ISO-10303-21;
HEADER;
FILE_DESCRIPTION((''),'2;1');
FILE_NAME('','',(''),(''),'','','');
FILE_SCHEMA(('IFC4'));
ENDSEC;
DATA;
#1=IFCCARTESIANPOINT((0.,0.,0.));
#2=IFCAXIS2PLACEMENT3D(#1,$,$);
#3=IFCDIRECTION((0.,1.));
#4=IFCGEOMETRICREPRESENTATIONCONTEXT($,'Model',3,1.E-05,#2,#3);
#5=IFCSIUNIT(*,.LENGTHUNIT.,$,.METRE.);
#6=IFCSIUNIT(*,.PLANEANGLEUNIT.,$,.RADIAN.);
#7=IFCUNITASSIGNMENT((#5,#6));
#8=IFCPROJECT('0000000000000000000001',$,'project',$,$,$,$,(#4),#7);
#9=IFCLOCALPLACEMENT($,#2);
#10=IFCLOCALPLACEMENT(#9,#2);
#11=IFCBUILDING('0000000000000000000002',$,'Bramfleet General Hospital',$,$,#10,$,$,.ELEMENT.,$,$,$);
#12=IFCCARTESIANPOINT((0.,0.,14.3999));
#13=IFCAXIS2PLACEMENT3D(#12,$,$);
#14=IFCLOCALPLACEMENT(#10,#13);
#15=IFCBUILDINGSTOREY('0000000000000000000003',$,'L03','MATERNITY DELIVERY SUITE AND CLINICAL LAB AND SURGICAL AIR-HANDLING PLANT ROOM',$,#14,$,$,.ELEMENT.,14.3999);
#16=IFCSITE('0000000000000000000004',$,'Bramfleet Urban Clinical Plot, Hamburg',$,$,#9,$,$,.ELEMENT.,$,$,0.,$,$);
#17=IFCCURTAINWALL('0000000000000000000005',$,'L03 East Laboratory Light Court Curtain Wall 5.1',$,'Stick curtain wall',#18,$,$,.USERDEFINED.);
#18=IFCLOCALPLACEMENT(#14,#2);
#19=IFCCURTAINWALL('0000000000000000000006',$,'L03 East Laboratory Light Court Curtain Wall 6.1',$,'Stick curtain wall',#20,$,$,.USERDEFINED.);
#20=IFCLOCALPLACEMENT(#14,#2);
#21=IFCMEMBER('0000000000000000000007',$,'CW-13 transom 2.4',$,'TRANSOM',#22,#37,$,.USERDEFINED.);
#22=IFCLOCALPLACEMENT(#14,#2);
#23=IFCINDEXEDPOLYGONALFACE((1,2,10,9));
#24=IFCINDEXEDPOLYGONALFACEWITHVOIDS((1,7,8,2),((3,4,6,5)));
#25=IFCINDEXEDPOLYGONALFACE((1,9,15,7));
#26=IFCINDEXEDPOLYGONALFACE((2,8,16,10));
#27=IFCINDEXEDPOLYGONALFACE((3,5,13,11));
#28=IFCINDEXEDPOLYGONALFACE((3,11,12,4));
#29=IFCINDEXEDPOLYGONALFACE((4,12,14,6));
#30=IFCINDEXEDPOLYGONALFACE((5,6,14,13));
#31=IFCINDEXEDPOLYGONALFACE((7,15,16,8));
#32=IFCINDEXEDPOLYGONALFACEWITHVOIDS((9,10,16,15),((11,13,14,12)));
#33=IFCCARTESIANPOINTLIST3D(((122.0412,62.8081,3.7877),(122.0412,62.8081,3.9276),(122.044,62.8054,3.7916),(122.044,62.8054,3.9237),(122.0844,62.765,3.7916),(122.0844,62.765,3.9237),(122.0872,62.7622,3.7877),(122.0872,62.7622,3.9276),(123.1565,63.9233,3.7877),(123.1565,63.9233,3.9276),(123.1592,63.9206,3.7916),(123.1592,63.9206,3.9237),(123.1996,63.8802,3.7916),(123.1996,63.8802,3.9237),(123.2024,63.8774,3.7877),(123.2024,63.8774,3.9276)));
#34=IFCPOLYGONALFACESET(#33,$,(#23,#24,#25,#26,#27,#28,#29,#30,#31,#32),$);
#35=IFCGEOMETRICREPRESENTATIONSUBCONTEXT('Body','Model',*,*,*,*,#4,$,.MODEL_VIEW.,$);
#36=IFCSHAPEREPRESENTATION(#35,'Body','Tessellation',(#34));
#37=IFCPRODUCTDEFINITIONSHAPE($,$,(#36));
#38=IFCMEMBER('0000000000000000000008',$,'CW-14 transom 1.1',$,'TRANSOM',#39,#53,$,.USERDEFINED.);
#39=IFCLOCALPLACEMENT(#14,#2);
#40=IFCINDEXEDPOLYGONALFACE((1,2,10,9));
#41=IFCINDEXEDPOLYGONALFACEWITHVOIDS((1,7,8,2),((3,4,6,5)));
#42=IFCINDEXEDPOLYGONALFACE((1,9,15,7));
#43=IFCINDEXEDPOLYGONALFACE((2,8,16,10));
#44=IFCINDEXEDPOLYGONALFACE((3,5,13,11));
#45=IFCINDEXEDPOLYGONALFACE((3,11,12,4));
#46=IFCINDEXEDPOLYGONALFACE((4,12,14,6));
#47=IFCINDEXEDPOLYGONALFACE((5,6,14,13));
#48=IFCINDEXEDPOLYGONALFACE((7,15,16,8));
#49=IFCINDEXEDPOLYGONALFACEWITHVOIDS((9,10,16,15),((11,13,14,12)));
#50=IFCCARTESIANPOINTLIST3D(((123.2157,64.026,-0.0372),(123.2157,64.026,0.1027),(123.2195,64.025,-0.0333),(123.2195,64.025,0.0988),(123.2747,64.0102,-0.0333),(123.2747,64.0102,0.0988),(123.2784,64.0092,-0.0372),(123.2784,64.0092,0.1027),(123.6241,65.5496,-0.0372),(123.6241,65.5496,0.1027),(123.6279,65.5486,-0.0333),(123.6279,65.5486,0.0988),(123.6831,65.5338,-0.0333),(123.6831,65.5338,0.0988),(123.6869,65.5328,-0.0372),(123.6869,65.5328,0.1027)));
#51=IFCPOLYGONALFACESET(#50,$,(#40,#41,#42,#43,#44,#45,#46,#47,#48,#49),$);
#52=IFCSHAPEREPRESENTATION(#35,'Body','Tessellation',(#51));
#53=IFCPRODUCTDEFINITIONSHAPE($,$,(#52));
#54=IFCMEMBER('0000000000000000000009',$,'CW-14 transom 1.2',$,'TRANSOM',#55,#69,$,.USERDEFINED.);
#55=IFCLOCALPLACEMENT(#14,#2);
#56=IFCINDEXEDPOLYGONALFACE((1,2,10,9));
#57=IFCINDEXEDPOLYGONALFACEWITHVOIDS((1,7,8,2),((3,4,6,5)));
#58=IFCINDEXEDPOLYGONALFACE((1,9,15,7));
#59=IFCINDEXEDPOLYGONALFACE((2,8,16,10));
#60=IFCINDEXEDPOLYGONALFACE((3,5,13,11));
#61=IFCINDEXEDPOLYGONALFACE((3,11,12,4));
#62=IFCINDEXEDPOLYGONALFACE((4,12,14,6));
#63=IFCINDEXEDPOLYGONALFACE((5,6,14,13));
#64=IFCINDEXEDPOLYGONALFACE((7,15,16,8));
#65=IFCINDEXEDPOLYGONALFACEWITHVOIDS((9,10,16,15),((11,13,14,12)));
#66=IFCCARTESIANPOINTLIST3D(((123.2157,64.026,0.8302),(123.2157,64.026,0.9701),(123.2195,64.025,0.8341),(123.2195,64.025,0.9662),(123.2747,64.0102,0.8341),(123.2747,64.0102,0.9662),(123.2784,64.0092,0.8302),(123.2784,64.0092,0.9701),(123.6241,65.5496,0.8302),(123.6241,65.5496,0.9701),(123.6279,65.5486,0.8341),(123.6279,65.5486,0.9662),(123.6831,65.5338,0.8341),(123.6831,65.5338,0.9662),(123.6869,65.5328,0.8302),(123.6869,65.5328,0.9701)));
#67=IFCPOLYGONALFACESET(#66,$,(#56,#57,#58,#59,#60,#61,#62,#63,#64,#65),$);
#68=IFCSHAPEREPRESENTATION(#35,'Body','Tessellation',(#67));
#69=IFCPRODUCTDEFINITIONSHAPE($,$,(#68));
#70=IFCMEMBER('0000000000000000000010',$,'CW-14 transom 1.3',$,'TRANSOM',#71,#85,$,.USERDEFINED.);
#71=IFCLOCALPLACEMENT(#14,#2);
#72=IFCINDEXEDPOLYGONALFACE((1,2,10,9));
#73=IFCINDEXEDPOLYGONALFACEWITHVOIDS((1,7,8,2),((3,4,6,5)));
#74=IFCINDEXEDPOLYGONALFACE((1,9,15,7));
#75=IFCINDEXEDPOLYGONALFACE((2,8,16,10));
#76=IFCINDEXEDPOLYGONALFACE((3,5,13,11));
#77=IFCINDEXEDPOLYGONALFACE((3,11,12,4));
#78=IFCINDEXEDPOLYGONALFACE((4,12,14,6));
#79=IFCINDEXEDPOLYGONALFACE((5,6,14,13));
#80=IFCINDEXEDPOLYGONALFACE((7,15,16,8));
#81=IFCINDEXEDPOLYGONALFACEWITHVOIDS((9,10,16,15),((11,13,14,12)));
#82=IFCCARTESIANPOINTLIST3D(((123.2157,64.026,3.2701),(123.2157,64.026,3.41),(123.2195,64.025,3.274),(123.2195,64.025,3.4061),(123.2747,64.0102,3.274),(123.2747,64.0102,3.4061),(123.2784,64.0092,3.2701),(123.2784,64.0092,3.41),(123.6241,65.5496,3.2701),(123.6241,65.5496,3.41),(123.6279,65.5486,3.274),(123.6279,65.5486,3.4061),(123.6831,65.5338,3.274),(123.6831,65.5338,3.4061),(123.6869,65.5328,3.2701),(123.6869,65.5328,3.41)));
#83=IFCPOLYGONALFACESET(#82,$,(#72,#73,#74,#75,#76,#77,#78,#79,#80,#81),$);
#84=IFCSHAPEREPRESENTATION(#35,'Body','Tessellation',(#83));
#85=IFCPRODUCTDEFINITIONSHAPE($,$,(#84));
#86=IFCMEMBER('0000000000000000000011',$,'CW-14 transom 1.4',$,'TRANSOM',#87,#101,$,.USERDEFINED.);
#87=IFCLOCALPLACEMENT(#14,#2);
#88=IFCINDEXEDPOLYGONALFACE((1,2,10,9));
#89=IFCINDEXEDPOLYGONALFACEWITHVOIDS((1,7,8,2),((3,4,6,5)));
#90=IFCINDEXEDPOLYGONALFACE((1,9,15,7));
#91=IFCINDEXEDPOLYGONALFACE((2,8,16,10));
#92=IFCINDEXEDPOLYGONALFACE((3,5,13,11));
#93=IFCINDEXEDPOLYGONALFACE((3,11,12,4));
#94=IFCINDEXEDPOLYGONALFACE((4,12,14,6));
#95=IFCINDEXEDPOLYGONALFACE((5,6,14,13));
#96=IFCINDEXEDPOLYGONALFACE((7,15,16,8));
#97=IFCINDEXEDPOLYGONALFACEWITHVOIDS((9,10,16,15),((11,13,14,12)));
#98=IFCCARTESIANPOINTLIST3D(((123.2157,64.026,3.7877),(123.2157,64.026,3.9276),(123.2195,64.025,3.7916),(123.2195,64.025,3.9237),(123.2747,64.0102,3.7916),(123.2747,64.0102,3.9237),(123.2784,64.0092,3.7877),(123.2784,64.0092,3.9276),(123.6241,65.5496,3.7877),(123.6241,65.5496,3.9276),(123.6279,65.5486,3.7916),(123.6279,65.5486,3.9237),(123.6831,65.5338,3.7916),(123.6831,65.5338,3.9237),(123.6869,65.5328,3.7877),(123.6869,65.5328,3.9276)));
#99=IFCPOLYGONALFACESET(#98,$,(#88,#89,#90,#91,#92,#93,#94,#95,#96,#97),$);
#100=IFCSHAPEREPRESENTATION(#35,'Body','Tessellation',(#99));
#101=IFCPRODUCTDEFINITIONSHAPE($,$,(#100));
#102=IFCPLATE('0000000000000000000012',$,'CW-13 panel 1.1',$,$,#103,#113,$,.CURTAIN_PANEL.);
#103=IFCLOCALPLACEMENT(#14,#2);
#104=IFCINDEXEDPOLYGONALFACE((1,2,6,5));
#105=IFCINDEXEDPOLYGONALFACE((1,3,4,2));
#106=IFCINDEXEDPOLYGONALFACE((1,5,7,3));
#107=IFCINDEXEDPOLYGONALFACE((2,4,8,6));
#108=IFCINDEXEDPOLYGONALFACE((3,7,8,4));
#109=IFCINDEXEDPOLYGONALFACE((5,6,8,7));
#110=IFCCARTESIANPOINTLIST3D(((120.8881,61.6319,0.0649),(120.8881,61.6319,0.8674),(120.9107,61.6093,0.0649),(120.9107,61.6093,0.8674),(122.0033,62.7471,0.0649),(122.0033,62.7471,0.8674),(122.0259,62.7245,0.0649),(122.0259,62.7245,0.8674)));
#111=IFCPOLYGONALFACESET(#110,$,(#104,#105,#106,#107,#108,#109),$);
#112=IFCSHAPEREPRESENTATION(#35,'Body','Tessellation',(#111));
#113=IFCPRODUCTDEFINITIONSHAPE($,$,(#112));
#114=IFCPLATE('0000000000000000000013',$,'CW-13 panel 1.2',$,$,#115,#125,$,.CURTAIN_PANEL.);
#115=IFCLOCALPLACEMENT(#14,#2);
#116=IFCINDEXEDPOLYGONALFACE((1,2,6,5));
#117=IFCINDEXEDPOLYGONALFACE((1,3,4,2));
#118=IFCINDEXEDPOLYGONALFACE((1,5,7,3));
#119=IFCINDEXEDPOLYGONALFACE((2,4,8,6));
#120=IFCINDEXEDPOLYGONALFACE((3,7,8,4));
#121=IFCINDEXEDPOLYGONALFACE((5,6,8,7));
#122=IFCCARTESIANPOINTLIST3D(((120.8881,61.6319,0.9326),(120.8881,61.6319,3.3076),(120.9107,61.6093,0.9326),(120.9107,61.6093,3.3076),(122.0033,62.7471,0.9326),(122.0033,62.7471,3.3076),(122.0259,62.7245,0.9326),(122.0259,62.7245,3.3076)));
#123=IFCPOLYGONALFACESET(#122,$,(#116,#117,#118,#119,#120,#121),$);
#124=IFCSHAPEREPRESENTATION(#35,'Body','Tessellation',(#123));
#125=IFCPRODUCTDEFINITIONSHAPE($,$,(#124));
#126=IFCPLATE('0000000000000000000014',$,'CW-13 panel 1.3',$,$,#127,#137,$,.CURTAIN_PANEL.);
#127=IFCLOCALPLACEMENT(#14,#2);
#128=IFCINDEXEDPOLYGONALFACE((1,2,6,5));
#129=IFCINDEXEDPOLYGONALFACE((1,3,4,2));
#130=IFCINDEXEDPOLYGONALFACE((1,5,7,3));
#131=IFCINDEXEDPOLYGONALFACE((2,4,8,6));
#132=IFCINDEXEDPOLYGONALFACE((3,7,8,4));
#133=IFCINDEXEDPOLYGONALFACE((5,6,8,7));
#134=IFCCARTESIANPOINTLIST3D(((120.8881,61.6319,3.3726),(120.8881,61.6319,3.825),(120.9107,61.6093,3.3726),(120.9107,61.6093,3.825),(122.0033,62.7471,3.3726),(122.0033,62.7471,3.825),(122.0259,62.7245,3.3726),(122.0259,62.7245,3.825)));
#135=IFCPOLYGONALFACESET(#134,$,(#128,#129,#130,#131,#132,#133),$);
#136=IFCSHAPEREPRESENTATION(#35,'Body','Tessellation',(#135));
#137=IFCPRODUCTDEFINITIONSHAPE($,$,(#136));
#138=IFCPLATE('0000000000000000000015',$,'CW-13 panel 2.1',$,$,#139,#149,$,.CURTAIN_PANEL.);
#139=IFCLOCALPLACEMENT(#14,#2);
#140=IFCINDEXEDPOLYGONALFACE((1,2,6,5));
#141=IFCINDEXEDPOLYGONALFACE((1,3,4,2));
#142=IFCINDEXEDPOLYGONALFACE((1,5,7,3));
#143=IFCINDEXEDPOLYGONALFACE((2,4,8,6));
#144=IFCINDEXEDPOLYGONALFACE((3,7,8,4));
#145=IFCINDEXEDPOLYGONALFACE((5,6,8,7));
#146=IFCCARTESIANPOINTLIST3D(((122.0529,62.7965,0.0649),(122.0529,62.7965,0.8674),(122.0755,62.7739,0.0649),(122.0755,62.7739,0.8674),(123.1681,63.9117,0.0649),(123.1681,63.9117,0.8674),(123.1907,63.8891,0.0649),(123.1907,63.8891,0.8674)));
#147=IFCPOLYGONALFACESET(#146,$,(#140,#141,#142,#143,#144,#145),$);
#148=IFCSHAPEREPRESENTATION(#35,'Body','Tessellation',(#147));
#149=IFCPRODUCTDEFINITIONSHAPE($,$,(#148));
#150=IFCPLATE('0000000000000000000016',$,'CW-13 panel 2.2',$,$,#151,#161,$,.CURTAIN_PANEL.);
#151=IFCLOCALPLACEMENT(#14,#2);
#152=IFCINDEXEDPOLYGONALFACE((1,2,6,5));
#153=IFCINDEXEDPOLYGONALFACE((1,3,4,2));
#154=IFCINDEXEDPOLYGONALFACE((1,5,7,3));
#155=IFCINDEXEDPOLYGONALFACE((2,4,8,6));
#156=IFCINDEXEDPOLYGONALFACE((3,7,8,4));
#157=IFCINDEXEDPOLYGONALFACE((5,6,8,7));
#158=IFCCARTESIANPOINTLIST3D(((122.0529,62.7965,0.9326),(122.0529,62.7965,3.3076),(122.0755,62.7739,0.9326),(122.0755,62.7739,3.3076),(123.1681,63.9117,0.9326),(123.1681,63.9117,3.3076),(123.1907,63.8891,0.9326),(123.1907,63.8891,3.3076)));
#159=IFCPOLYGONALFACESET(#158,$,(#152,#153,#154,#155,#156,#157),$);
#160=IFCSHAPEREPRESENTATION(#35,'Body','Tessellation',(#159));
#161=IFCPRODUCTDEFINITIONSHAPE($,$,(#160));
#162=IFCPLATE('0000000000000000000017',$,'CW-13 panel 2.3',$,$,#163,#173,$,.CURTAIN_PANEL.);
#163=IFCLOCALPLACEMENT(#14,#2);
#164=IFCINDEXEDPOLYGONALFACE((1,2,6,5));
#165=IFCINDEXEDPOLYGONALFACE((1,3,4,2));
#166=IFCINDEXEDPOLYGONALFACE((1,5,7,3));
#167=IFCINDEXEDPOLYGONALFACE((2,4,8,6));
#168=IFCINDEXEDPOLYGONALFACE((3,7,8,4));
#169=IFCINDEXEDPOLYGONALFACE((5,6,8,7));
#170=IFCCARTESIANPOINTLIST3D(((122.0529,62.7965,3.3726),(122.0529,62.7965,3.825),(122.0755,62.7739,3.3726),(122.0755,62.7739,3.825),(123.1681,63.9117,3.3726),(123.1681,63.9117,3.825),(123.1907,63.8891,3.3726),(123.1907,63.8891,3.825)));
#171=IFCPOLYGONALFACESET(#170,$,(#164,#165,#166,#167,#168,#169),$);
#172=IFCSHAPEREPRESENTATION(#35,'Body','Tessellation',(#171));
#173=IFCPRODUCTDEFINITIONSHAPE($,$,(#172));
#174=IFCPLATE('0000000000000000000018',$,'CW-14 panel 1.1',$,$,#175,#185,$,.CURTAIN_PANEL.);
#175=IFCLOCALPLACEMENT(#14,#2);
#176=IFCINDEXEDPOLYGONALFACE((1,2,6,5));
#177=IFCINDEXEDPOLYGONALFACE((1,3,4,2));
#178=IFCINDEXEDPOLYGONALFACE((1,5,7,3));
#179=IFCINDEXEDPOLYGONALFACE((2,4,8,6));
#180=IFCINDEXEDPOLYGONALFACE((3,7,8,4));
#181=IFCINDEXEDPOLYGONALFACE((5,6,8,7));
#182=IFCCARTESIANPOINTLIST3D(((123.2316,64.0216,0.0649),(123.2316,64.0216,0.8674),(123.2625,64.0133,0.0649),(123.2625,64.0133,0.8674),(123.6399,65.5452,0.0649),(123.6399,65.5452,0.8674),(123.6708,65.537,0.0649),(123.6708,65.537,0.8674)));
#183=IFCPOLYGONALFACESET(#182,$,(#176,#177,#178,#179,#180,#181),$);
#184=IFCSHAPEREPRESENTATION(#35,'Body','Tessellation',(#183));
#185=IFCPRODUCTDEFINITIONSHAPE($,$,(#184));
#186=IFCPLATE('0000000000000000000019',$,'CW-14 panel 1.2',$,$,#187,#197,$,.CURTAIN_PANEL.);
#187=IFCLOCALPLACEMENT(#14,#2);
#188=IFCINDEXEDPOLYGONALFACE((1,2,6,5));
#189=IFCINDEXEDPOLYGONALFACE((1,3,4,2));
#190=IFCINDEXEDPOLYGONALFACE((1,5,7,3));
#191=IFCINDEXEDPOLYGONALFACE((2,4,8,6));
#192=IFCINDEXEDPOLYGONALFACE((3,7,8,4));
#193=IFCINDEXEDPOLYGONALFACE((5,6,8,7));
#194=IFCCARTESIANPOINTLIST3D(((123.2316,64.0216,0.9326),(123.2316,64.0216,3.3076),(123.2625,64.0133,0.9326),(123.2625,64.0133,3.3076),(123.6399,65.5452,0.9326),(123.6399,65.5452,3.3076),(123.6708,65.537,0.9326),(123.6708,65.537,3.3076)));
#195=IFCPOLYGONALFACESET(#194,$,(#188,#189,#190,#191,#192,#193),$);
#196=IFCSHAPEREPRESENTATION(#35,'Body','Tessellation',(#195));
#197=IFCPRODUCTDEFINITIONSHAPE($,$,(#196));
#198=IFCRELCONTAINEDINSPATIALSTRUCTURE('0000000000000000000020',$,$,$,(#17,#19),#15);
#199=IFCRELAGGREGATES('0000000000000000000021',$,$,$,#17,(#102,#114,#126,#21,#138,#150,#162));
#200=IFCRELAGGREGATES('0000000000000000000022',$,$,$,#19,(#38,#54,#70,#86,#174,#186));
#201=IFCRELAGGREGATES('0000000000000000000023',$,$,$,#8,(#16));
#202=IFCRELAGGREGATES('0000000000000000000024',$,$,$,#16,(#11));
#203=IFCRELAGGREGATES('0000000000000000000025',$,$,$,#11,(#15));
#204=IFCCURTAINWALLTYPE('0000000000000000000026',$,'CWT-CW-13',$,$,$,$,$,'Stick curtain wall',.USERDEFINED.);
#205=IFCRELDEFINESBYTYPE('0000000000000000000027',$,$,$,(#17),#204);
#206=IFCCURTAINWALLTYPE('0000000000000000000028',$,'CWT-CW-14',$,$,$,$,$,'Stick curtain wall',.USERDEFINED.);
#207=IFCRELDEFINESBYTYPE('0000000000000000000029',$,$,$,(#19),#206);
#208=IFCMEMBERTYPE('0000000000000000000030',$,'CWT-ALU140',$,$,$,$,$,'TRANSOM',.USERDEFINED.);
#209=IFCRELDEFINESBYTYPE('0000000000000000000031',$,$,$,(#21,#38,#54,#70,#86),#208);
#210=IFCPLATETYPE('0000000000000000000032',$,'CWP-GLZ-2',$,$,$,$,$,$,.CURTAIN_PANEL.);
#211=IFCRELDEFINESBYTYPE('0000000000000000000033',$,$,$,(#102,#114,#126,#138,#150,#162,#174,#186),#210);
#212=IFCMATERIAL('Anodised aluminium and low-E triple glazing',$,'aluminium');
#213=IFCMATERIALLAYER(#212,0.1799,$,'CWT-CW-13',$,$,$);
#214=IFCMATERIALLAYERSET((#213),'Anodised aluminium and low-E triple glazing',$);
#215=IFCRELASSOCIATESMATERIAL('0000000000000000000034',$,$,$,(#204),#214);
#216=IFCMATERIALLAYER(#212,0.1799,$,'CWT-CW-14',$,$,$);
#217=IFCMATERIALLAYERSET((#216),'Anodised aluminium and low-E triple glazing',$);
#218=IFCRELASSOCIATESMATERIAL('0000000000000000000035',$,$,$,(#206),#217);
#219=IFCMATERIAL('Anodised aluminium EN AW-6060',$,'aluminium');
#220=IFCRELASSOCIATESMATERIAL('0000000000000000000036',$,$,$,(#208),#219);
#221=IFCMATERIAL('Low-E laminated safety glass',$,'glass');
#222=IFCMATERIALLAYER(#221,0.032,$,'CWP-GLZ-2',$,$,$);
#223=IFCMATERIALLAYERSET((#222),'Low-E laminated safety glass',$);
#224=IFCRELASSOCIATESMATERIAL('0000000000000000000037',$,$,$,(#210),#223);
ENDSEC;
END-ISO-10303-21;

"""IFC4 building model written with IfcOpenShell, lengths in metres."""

from ifc_helpers import new_model, si_unit, direction, frame, origin, origin_2d, place, context, subcontext, project, spatial, rectangle, hollow_rectangle, extrude, material, layer, layer_set, material_profile, profile_set, type_object, element, aggregate, save


model = new_model("IFC4")

# Units and contexts
model_context = context("Model", 3, precision=1e-05, world=origin(), true_north=direction((0.0, 1.0)))
body_context = subcontext(model_context, "Body", "Model", "MODEL_VIEW")
ifc_project = project(units=[si_unit("LENGTHUNIT", "METRE"), si_unit("PLANEANGLEUNIT", "RADIAN")], contexts=[model_context])

# Site, building, storey
site_placement = place(None, origin())
site = spatial("IfcSite", under=ifc_project, at=site_placement, Name="Bramfleet Urban Clinical Plot, Hamburg", CompositionType="ELEMENT", RefElevation=0.0)
building_placement = place(site_placement, origin())
building = spatial("IfcBuilding", under=site, at=building_placement, Name="Bramfleet General Hospital", CompositionType="ELEMENT")
storey_placement = place(building_placement, frame((0.0, 0.0, 14.3999)))
storey = spatial("IfcBuildingStorey", under=building, at=storey_placement, Name="L03", Description="MATERNITY DELIVERY SUITE AND CLINICAL LAB AND SURGICAL AIR-HANDLING PLANT ROOM", CompositionType="ELEMENT", Elevation=14.3999)

# Curtain walls
ifc_material_1 = material(Name="Anodised aluminium and low-E triple glazing", Category="aluminium")
ifc_layer_1 = layer(ifc_material_1, 0.1799, Name="CWT-CW-13")
ifc_layer_set_1 = layer_set([ifc_layer_1], Name="Anodised aluminium and low-E triple glazing")
curtain_wall_type_1 = type_object("IfcCurtainWallType", Name="CWT-CW-13", ElementType="Stick curtain wall", PredefinedType="USERDEFINED", material=ifc_layer_set_1)
curtain_wall_1_placement = place(storey_placement, origin())
curtain_wall_1 = element("IfcCurtainWall", 1, at=curtain_wall_1_placement, inside=storey, type_object=curtain_wall_type_1, Name="L03 East Laboratory Light Court Curtain Wall 5.1", ObjectType="Stick curtain wall", PredefinedType="USERDEFINED")
ifc_material_2 = material(Name="Anodised aluminium EN AW-6060", Category="aluminium")
ifc_layer_2 = layer(ifc_material_1, 0.1799, Name="CWT-CW-14")
ifc_layer_set_2 = layer_set([ifc_layer_2], Name="Anodised aluminium and low-E triple glazing")
curtain_wall_type_2 = type_object("IfcCurtainWallType", Name="CWT-CW-14", ElementType="Stick curtain wall", PredefinedType="USERDEFINED", material=ifc_layer_set_2)
curtain_wall_2_placement = place(storey_placement, origin())
curtain_wall_2 = element("IfcCurtainWall", 2, at=curtain_wall_2_placement, inside=storey, type_object=curtain_wall_type_2, Name="L03 East Laboratory Light Court Curtain Wall 6.1", ObjectType="Stick curtain wall", PredefinedType="USERDEFINED")

# Members
ifc_material_profile_1 = material_profile(ifc_material_2, hollow_rectangle(XDim=0.0649, YDim=0.1399, WallThickness=0.0039, at=origin_2d()), Name="ALU 140x65x4.0")
ifc_profile_set_1 = profile_set([ifc_material_profile_1], Name="Anodised aluminium EN AW-6060")
member_type_1 = type_object("IfcMemberType", Name="CWT-ALU140", ElementType="TRANSOM", PredefinedType="USERDEFINED", material=ifc_profile_set_1)
member_1_placement = place(storey_placement, frame((122.0642, 62.7852, 3.8577), z_axis=(0.707107, 0.707107, 0.0), x_axis=(-0.707107, 0.707107, 0.0)))
member_1 = element("IfcMember", 3, at=member_1_placement, type_object=member_type_1, Name="CW-13 transom 2.4", ObjectType="TRANSOM", PredefinedType="USERDEFINED", context=body_context, shape_type="SweptSolid", body=[
    extrude(hollow_rectangle(XDim=0.0649, YDim=0.1399, WallThickness=0.0039, at=origin_2d()), origin(), (0.0, 0.0, 1.0), 1.5771),
])
member_2_placement = place(storey_placement, frame((123.2471, 64.0176, 0.0327), z_axis=(0.258924, 0.965898, 0.0), x_axis=(-0.965898, 0.258924, 0.0)))
member_2 = element("IfcMember", 4, at=member_2_placement, type_object=member_type_1, Name="CW-14 transom 1.1", ObjectType="TRANSOM", PredefinedType="USERDEFINED", context=body_context, shape_type="SweptSolid", body=[
    extrude(hollow_rectangle(XDim=0.0649, YDim=0.1399, WallThickness=0.0039, at=origin_2d()), origin(), (0.0, 0.0, 1.0), 1.5774),
])
member_3_placement = place(storey_placement, frame((123.2471, 64.0176, 0.9001), z_axis=(0.258924, 0.965898, 0.0), x_axis=(-0.965898, 0.258924, 0.0)))
member_3 = element("IfcMember", 5, at=member_3_placement, type_object=member_type_1, Name="CW-14 transom 1.2", ObjectType="TRANSOM", PredefinedType="USERDEFINED", context=body_context, shape_type="SweptSolid", body=[
    extrude(hollow_rectangle(XDim=0.0649, YDim=0.1399, WallThickness=0.0039, at=origin_2d()), origin(), (0.0, 0.0, 1.0), 1.5774),
])
member_4_placement = place(storey_placement, frame((123.2471, 64.0176, 3.3401), z_axis=(0.258924, 0.965898, 0.0), x_axis=(-0.965898, 0.258924, 0.0)))
member_4 = element("IfcMember", 6, at=member_4_placement, type_object=member_type_1, Name="CW-14 transom 1.3", ObjectType="TRANSOM", PredefinedType="USERDEFINED", context=body_context, shape_type="SweptSolid", body=[
    extrude(hollow_rectangle(XDim=0.0649, YDim=0.1399, WallThickness=0.0039, at=origin_2d()), origin(), (0.0, 0.0, 1.0), 1.5774),
])
member_5_placement = place(storey_placement, frame((123.2471, 64.0176, 3.8577), z_axis=(0.258924, 0.965898, 0.0), x_axis=(-0.965898, 0.258924, 0.0)))
member_5 = element("IfcMember", 7, at=member_5_placement, type_object=member_type_1, Name="CW-14 transom 1.4", ObjectType="TRANSOM", PredefinedType="USERDEFINED", context=body_context, shape_type="SweptSolid", body=[
    extrude(hollow_rectangle(XDim=0.0649, YDim=0.1399, WallThickness=0.0039, at=origin_2d()), origin(), (0.0, 0.0, 1.0), 1.5774),
])

# Plates
ifc_material_3 = material(Name="Low-E laminated safety glass", Category="glass")
ifc_layer_3 = layer(ifc_material_3, 0.032, Name="CWP-GLZ-2")
ifc_layer_set_3 = layer_set([ifc_layer_3], Name="Low-E laminated safety glass")
plate_type = type_object("IfcPlateType", Name="CWP-GLZ-2", PredefinedType="CURTAIN_PANEL", material=ifc_layer_set_3)
plate_1_placement = place(storey_placement, frame((121.457, 62.1782, 0.0649), z_axis=(0.0, 0.0, 1.0), x_axis=(0.707107, 0.707107, 0.0)))
plate_1 = element("IfcPlate", 8, at=plate_1_placement, type_object=plate_type, Name="CW-13 panel 1.1", PredefinedType="CURTAIN_PANEL", context=body_context, shape_type="SweptSolid", body=[
    extrude(rectangle(XDim=1.5771, YDim=0.032, at=origin_2d()), origin(), (0.0, 0.0, 1.0), 0.8025),
])
plate_2_placement = place(storey_placement, frame((121.457, 62.1782, 0.9326), z_axis=(0.0, 0.0, 1.0), x_axis=(0.707107, 0.707107, 0.0)))
plate_2 = element("IfcPlate", 9, at=plate_2_placement, type_object=plate_type, Name="CW-13 panel 1.2", PredefinedType="CURTAIN_PANEL", context=body_context, shape_type="SweptSolid", body=[
    extrude(rectangle(XDim=1.5771, YDim=0.032, at=origin_2d()), origin(), (0.0, 0.0, 1.0), 2.375),
])
plate_3_placement = place(storey_placement, frame((121.457, 62.1782, 3.3726), z_axis=(0.0, 0.0, 1.0), x_axis=(0.707107, 0.707107, 0.0)))
plate_3 = element("IfcPlate", 10, at=plate_3_placement, type_object=plate_type, Name="CW-13 panel 1.3", PredefinedType="CURTAIN_PANEL", context=body_context, shape_type="SweptSolid", body=[
    extrude(rectangle(XDim=1.5771, YDim=0.032, at=origin_2d()), origin(), (0.0, 0.0, 1.0), 0.4524),
])
plate_4_placement = place(storey_placement, frame((122.6218, 63.3428, 0.0649), z_axis=(0.0, 0.0, 1.0), x_axis=(0.707107, 0.707107, 0.0)))
plate_4 = element("IfcPlate", 11, at=plate_4_placement, type_object=plate_type, Name="CW-13 panel 2.1", PredefinedType="CURTAIN_PANEL", context=body_context, shape_type="SweptSolid", body=[
    extrude(rectangle(XDim=1.5771, YDim=0.032, at=origin_2d()), origin(), (0.0, 0.0, 1.0), 0.8025),
])
plate_5_placement = place(storey_placement, frame((122.6218, 63.3428, 0.9326), z_axis=(0.0, 0.0, 1.0), x_axis=(0.707107, 0.707107, 0.0)))
plate_5 = element("IfcPlate", 12, at=plate_5_placement, type_object=plate_type, Name="CW-13 panel 2.2", PredefinedType="CURTAIN_PANEL", context=body_context, shape_type="SweptSolid", body=[
    extrude(rectangle(XDim=1.5771, YDim=0.032, at=origin_2d()), origin(), (0.0, 0.0, 1.0), 2.375),
])
plate_6_placement = place(storey_placement, frame((122.6218, 63.3428, 3.3726), z_axis=(0.0, 0.0, 1.0), x_axis=(0.707107, 0.707107, 0.0)))
plate_6 = element("IfcPlate", 13, at=plate_6_placement, type_object=plate_type, Name="CW-13 panel 2.3", PredefinedType="CURTAIN_PANEL", context=body_context, shape_type="SweptSolid", body=[
    extrude(rectangle(XDim=1.5771, YDim=0.032, at=origin_2d()), origin(), (0.0, 0.0, 1.0), 0.4524),
])
aggregate(curtain_wall_1, [plate_1, plate_2, plate_3, member_1, plate_4, plate_5, plate_6])
plate_7_placement = place(storey_placement, frame((123.4512, 64.7793, 0.0649), z_axis=(0.0, 0.0, 1.0), x_axis=(0.258865, 0.965914, 0.0)))
plate_7 = element("IfcPlate", 14, at=plate_7_placement, type_object=plate_type, Name="CW-14 panel 1.1", PredefinedType="CURTAIN_PANEL", context=body_context, shape_type="SweptSolid", body=[
    extrude(rectangle(XDim=1.5774, YDim=0.032, at=origin_2d()), origin(), (0.0, 0.0, 1.0), 0.8025),
])
plate_8_placement = place(storey_placement, frame((123.4512, 64.7793, 0.9326), z_axis=(0.0, 0.0, 1.0), x_axis=(0.258865, 0.965914, 0.0)))
plate_8 = element("IfcPlate", 15, at=plate_8_placement, type_object=plate_type, Name="CW-14 panel 1.2", PredefinedType="CURTAIN_PANEL", context=body_context, shape_type="SweptSolid", body=[
    extrude(rectangle(XDim=1.5774, YDim=0.032, at=origin_2d()), origin(), (0.0, 0.0, 1.0), 2.375),
])
aggregate(curtain_wall_2, [member_2, member_3, member_4, member_5, plate_7, plate_8])

save(model, "model.ifc")
